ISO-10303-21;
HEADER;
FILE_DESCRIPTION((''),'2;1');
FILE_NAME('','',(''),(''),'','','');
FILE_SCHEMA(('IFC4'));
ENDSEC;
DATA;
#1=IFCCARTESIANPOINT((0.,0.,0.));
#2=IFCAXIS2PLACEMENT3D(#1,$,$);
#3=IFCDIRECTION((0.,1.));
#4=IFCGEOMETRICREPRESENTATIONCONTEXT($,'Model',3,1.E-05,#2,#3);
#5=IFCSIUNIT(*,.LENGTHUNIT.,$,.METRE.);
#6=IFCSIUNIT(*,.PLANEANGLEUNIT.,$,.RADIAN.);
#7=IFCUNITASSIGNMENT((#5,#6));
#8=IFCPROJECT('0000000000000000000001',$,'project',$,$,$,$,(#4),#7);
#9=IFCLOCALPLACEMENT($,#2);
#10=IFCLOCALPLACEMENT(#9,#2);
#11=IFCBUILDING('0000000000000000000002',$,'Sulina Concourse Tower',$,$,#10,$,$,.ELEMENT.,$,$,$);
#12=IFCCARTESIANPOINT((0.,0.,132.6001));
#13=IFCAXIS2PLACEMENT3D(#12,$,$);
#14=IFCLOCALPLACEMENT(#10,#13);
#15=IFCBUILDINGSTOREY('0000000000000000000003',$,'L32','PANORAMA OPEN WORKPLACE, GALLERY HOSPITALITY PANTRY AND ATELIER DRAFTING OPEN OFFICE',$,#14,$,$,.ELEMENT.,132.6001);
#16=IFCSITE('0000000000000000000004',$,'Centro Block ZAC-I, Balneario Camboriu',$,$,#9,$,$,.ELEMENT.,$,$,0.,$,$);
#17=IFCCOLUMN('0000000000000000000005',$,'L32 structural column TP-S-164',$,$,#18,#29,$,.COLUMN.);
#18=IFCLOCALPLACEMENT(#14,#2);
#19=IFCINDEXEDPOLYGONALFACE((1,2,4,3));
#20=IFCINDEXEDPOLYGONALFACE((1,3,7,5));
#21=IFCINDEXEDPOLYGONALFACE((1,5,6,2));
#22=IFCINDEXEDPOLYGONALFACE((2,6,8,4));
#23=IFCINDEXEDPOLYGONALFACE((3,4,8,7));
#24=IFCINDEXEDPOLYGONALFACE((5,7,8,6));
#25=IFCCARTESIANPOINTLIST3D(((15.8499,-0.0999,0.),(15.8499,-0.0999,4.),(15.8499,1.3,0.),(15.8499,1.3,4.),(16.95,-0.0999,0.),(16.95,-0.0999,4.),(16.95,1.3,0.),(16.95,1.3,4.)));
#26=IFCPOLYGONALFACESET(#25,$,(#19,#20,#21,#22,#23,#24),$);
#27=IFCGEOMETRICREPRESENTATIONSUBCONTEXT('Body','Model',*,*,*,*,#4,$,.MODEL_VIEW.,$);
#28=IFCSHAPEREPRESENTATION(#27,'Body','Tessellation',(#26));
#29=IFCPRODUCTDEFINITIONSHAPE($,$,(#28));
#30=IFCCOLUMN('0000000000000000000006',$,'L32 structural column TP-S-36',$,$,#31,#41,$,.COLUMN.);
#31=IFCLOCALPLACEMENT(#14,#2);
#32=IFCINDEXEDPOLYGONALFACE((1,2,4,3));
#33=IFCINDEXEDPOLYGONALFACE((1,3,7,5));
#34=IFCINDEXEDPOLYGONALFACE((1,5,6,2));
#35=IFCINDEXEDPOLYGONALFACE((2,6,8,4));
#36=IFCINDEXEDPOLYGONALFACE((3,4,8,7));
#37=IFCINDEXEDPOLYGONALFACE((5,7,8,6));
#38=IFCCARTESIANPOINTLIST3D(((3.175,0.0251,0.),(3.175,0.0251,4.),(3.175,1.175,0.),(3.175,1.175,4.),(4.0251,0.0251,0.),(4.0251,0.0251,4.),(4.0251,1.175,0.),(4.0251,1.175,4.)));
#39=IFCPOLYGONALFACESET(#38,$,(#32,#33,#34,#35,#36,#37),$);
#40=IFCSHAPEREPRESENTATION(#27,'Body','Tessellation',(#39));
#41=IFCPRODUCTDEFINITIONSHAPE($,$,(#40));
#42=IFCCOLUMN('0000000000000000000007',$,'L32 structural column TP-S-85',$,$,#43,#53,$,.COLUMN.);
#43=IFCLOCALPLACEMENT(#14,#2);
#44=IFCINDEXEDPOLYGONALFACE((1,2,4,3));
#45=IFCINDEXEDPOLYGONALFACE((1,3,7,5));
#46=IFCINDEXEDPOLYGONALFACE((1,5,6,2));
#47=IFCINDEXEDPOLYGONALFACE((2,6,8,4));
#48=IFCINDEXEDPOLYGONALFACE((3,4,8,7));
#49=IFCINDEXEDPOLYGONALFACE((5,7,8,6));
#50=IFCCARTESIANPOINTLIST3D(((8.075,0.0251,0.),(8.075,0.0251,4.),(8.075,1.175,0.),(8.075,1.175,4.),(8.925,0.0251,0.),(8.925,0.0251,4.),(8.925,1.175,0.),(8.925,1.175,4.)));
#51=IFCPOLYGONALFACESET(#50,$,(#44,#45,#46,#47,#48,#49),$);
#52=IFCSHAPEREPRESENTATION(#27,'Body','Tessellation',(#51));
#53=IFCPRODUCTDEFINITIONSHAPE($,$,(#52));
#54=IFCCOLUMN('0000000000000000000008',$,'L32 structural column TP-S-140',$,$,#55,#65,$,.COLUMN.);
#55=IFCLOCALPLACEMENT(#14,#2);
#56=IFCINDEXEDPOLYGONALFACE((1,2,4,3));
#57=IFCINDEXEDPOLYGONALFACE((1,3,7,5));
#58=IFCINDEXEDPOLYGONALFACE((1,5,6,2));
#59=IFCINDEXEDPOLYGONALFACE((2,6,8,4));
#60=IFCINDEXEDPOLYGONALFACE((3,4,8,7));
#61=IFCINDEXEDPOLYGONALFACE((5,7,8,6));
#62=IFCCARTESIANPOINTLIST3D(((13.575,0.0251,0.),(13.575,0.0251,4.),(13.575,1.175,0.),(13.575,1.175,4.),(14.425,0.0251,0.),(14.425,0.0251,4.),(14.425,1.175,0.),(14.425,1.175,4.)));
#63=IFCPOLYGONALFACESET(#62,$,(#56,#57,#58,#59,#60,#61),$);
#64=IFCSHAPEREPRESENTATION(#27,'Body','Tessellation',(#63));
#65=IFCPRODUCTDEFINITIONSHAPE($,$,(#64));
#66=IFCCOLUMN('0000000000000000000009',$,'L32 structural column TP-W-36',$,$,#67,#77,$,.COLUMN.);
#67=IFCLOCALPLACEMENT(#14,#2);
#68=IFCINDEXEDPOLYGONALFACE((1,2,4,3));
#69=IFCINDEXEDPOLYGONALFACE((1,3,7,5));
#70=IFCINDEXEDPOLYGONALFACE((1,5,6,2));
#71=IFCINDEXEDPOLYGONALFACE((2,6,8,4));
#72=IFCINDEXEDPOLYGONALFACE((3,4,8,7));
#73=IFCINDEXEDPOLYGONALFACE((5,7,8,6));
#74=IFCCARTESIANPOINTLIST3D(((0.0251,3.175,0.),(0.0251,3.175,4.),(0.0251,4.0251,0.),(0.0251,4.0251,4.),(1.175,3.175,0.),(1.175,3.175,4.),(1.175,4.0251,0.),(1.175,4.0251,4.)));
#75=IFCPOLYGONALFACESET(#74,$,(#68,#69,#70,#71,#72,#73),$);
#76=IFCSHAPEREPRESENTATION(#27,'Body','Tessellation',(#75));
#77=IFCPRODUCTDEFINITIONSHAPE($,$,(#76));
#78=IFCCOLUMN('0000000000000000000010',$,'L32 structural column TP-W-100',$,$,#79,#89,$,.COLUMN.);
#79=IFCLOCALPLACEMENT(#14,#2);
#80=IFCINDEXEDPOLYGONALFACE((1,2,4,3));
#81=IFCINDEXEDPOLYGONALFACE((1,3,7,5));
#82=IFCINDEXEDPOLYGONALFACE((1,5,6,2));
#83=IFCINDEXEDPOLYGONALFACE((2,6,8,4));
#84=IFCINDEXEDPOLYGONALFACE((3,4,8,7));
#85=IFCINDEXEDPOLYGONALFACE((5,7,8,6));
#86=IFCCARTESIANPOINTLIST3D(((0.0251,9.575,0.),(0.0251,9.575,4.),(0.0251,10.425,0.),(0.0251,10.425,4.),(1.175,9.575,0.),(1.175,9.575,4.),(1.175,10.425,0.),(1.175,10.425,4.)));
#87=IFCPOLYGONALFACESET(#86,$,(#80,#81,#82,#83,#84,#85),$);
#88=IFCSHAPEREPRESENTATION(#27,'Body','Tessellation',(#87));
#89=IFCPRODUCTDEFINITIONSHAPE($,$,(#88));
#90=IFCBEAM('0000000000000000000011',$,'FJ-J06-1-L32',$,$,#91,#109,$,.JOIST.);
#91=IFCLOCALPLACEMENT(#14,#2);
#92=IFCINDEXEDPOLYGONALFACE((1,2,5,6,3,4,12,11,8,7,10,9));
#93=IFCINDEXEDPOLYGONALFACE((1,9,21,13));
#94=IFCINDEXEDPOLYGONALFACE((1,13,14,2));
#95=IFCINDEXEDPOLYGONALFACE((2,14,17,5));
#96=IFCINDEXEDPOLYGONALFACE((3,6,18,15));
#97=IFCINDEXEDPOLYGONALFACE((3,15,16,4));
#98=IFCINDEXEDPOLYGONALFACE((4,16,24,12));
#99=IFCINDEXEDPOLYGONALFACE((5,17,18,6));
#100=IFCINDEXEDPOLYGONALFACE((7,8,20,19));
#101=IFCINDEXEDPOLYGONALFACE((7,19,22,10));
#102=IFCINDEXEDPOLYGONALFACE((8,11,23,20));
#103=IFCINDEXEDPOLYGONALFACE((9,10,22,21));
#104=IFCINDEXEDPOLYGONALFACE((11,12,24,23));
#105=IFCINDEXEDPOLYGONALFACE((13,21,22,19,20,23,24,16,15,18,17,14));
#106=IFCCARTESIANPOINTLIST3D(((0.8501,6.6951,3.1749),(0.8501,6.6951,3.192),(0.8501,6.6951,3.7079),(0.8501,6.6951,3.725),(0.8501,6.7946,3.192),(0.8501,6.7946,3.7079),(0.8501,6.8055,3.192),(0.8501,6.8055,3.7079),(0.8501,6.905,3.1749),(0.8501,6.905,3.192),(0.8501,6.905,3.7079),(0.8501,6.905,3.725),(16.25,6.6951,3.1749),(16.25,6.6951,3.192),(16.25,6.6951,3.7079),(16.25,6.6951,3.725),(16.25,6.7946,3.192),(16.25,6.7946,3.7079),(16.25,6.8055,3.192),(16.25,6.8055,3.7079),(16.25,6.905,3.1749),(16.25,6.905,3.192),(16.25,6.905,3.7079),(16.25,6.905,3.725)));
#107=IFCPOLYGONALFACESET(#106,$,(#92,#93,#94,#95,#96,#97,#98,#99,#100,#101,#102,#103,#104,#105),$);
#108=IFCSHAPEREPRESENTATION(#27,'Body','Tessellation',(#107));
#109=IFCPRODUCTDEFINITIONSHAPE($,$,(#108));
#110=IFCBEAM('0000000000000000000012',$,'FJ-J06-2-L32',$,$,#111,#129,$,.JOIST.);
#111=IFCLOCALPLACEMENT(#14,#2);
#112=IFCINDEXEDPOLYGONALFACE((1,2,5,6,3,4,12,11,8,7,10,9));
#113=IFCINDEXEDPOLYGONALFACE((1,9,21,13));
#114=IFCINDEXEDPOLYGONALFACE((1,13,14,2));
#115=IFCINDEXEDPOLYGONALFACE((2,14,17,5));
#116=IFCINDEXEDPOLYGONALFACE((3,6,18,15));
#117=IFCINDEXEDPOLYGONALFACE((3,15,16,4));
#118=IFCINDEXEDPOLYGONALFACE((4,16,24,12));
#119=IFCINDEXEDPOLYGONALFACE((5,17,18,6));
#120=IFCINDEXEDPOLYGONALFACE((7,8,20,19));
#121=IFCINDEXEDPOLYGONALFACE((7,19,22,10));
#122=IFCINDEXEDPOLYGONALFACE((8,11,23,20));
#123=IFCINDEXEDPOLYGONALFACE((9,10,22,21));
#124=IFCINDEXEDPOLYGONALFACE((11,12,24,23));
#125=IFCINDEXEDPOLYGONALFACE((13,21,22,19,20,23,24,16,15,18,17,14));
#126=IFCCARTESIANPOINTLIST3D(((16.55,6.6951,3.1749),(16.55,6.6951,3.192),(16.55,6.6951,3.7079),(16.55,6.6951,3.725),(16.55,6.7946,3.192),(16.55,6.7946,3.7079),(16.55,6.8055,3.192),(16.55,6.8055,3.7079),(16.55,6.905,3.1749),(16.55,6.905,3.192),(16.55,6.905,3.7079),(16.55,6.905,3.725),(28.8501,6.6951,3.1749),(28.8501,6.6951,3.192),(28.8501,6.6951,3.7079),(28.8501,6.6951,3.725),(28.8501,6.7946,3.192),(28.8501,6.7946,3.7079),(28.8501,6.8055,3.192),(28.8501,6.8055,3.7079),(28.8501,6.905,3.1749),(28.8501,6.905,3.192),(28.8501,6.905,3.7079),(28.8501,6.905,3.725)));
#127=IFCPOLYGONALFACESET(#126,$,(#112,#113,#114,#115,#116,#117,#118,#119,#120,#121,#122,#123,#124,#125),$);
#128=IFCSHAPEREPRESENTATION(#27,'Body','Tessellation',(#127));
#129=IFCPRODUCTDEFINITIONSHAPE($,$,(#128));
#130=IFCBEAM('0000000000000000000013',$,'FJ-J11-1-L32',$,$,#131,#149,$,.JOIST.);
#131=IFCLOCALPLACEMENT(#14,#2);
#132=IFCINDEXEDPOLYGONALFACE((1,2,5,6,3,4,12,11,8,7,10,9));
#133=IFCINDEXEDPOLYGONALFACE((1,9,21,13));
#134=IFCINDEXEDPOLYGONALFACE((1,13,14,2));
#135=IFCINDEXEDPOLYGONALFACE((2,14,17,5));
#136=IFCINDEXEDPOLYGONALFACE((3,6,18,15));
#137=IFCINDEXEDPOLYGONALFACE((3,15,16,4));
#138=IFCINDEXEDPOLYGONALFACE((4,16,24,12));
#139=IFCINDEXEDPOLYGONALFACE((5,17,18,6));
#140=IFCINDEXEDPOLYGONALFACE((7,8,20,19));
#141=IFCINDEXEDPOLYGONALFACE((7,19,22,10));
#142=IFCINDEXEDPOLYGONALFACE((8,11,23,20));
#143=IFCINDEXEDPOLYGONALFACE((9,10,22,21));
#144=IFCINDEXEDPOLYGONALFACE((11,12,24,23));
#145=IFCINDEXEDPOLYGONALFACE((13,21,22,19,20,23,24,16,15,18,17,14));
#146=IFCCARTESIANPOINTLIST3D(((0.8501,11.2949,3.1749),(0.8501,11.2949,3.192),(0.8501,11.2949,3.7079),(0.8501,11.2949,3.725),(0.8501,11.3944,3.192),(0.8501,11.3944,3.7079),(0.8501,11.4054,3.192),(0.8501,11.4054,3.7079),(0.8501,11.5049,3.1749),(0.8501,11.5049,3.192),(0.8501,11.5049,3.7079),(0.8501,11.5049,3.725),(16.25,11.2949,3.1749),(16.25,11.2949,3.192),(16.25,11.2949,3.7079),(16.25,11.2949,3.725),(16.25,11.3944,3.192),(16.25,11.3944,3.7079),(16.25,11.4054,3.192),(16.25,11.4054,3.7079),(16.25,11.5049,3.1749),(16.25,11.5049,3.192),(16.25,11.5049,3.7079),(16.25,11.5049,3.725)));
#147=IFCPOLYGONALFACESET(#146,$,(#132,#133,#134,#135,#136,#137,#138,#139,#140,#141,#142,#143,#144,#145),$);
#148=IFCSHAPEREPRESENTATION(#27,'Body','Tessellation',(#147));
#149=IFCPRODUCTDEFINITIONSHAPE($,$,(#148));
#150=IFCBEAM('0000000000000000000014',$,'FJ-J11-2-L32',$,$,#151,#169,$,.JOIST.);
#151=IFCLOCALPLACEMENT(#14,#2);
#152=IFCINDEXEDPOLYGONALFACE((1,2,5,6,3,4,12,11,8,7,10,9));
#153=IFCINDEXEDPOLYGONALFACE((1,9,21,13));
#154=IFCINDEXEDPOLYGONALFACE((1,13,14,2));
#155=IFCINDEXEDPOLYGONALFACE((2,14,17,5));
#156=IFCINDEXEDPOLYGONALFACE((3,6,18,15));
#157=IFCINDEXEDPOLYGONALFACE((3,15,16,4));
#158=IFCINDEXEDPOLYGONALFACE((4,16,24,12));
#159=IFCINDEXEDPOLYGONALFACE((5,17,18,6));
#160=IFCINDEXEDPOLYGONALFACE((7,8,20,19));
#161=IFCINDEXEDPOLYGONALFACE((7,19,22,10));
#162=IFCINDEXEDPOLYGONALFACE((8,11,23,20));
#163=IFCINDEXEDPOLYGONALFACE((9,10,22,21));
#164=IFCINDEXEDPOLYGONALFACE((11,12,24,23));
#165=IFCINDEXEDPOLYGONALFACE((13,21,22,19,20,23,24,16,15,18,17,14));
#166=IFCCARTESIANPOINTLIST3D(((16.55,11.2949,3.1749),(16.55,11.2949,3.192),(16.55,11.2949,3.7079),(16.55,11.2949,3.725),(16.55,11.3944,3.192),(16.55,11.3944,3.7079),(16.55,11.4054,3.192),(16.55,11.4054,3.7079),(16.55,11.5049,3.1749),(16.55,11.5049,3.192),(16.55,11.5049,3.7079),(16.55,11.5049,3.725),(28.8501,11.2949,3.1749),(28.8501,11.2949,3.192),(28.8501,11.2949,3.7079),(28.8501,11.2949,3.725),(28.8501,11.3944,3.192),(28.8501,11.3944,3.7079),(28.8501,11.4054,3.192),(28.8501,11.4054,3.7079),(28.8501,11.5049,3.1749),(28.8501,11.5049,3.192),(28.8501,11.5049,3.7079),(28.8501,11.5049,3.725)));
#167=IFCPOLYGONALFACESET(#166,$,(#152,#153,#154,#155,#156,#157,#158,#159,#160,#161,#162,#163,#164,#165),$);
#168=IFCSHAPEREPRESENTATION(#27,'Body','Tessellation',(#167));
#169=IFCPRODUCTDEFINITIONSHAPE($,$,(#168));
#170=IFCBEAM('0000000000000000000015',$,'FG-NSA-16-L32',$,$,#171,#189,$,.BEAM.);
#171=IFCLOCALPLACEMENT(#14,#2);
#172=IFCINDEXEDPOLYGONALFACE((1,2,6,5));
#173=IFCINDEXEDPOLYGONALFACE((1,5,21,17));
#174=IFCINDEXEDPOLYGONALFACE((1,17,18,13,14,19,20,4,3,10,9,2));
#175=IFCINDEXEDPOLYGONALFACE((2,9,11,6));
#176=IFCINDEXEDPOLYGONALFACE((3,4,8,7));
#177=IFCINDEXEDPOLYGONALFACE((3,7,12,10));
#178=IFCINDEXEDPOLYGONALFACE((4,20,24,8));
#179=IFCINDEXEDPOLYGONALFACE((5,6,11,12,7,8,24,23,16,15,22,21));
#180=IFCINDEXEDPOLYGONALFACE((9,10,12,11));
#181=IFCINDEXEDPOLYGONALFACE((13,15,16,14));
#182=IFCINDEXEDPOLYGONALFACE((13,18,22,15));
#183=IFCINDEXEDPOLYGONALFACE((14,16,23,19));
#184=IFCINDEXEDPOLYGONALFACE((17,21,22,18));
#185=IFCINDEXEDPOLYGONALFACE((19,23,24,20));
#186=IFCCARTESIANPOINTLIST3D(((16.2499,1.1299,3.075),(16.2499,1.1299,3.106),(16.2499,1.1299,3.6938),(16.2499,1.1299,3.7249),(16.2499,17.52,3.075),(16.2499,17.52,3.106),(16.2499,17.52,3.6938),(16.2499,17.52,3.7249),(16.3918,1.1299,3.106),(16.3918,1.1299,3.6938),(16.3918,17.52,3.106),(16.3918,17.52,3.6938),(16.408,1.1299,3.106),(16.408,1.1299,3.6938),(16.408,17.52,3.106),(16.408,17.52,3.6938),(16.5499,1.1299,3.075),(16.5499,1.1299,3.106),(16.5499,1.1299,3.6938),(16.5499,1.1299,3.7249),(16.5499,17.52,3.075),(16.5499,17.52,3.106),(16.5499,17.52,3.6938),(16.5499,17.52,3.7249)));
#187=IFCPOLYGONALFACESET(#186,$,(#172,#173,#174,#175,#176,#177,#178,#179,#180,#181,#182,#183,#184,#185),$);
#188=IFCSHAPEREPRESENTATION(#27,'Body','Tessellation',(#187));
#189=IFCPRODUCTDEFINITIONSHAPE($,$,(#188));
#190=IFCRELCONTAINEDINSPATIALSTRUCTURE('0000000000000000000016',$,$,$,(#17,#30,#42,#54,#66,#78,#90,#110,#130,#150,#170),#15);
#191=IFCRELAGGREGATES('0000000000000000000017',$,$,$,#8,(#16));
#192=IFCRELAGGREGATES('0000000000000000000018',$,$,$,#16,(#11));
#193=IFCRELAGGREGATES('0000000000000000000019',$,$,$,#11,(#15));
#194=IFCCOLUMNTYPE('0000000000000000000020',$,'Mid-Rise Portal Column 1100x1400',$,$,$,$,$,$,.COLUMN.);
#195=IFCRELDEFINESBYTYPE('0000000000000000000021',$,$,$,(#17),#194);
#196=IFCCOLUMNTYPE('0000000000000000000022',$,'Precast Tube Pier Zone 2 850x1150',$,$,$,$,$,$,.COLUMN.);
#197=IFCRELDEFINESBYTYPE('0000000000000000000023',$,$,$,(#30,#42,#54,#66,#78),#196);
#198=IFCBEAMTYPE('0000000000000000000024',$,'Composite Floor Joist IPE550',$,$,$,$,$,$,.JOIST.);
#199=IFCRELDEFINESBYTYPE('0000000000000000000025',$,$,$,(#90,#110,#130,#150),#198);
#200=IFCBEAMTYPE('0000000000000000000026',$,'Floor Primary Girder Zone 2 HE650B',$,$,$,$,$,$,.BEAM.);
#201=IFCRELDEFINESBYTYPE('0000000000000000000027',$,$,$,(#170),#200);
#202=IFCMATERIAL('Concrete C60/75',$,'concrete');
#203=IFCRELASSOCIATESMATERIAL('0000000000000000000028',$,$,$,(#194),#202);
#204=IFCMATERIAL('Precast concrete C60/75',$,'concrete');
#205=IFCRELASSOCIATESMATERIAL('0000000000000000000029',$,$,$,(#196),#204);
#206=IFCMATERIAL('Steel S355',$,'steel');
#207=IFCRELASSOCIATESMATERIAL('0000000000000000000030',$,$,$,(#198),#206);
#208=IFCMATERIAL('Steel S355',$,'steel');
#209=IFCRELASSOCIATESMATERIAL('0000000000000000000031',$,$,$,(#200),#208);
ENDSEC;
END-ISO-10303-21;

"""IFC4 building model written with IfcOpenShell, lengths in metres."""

from ifc_helpers import new_model, si_unit, direction, frame, origin, origin_2d, place, context, subcontext, project, spatial, rectangle, i_section, extrude, material, material_profile, profile_set, type_object, element, save


model = new_model("IFC4")

# Units and contexts
model_context = context("Model", 3, precision=1e-05, world=origin(), true_north=direction((0.0, 1.0)))
body_context = subcontext(model_context, "Body", "Model", "MODEL_VIEW")
ifc_project = project(units=[si_unit("LENGTHUNIT", "METRE"), si_unit("PLANEANGLEUNIT", "RADIAN")], contexts=[model_context])

# Site, building, storey
site_placement = place(None, origin())
site = spatial("IfcSite", under=ifc_project, at=site_placement, Name="Centro Block ZAC-I, Balneario Camboriu", CompositionType="ELEMENT", RefElevation=0.0)
building_placement = place(site_placement, origin())
building = spatial("IfcBuilding", under=site, at=building_placement, Name="Sulina Concourse Tower", CompositionType="ELEMENT")
storey_placement = place(building_placement, frame((0.0, 0.0, 132.6001)))
storey = spatial("IfcBuildingStorey", under=building, at=storey_placement, Name="L32", Description="PANORAMA OPEN WORKPLACE, GALLERY HOSPITALITY PANTRY AND ATELIER DRAFTING OPEN OFFICE", CompositionType="ELEMENT", Elevation=132.6001)

# Columns
ifc_material_1 = material(Name="Concrete C60/75", Category="concrete")
ifc_material_profile_1 = material_profile(ifc_material_1, rectangle(XDim=1.1001, YDim=1.3999, at=origin_2d()), Name="RC 1100x1400")
ifc_profile_set_1 = profile_set([ifc_material_profile_1], Name="Concrete C60/75")
column_type_1 = type_object("IfcColumnType", Name="Mid-Rise Portal Column 1100x1400", PredefinedType="COLUMN", material=ifc_profile_set_1)
column_placement = place(storey_placement, frame((16.3999, 0.6001, 0.0), z_axis=(0.0, 0.0, 1.0), x_axis=(1.0, 0.0, 0.0)))
element("IfcColumn", 1, at=column_placement, inside=storey, type_object=column_type_1, Name="L32 structural column TP-S-164", PredefinedType="COLUMN", context=body_context, shape_type="SweptSolid", body=[
    extrude(rectangle(XDim=1.1001, YDim=1.3999, at=origin_2d()), origin(), (0.0, 0.0, 1.0), 4.0),
])
ifc_material_2 = material(Name="Precast concrete C60/75", Category="concrete")
ifc_material_profile_2 = material_profile(ifc_material_2, rectangle(XDim=0.8501, YDim=1.1499, at=origin_2d()), Name="PC 850x1150")
ifc_profile_set_2 = profile_set([ifc_material_profile_2], Name="Precast concrete C60/75")
column_type_2 = type_object("IfcColumnType", Name="Precast Tube Pier Zone 2 850x1150", PredefinedType="COLUMN", material=ifc_profile_set_2)
for number, where, z_axis, x_axis, name in (
    (2, (3.6001, 0.6001, 0.0), (0.0, 0.0, 1.0), (1.0, 0.0, 0.0), "L32 structural column TP-S-36"),
    (3, (8.5, 0.6001, 0.0), (0.0, 0.0, 1.0), (1.0, 0.0, 0.0), "L32 structural column TP-S-85"),
    (4, (14.0, 0.6001, 0.0), (0.0, 0.0, 1.0), (1.0, 0.0, 0.0), "L32 structural column TP-S-140"),
    (5, (0.6001, 3.6001, 0.0), (0.0, 0.0, 1.0), (0.0, 1.0, 0.0), "L32 structural column TP-W-36"),
    (6, (0.6001, 10.0, 0.0), (0.0, 0.0, 1.0), (0.0, 1.0, 0.0), "L32 structural column TP-W-100"),
):
    element("IfcColumn", number, at=place(storey_placement, frame(where, z_axis=z_axis, x_axis=x_axis)), inside=storey, type_object=column_type_2, Name=name, PredefinedType="COLUMN", context=body_context, shape_type="SweptSolid", body=[
        extrude(rectangle(XDim=0.8501, YDim=1.1499, at=origin_2d()), origin(), (0.0, 0.0, 1.0), 4.0),
    ])

# Beams
ifc_material_3 = material(Name="Steel S355", Category="steel")
ifc_material_profile_3 = material_profile(ifc_material_3, i_section(OverallWidth=0.21, OverallDepth=0.55, WebThickness=0.011, FlangeThickness=0.0171, at=origin_2d()), Name="IPE 550")
ifc_profile_set_3 = profile_set([ifc_material_profile_3], Name="Steel S355")
beam_type_1 = type_object("IfcBeamType", Name="Composite Floor Joist IPE550", PredefinedType="JOIST", material=ifc_profile_set_3)
beam_1_placement = place(storey_placement, frame((0.8501, 6.8, 3.45), z_axis=(1.0, 0.0, 0.0), x_axis=(0.0, 1.0, 0.0)))
element("IfcBeam", 7, at=beam_1_placement, inside=storey, type_object=beam_type_1, Name="FJ-J06-1-L32", PredefinedType="JOIST", context=body_context, shape_type="SweptSolid", body=[
    extrude(i_section(OverallWidth=0.21, OverallDepth=0.55, WebThickness=0.011, FlangeThickness=0.0171, at=origin_2d()), origin(), (0.0, 0.0, 1.0), 15.3999),
])
beam_2_placement = place(storey_placement, frame((16.55, 6.8, 3.45), z_axis=(1.0, 0.0, 0.0), x_axis=(0.0, 1.0, 0.0)))
element("IfcBeam", 8, at=beam_2_placement, inside=storey, type_object=beam_type_1, Name="FJ-J06-2-L32", PredefinedType="JOIST", context=body_context, shape_type="SweptSolid", body=[
    extrude(i_section(OverallWidth=0.21, OverallDepth=0.55, WebThickness=0.011, FlangeThickness=0.0171, at=origin_2d()), origin(), (0.0, 0.0, 1.0), 12.3),
])
beam_3_placement = place(storey_placement, frame((0.8501, 11.3999, 3.45), z_axis=(1.0, 0.0, 0.0), x_axis=(0.0, 1.0, 0.0)))
element("IfcBeam", 9, at=beam_3_placement, inside=storey, type_object=beam_type_1, Name="FJ-J11-1-L32", PredefinedType="JOIST", context=body_context, shape_type="SweptSolid", body=[
    extrude(i_section(OverallWidth=0.21, OverallDepth=0.55, WebThickness=0.011, FlangeThickness=0.0171, at=origin_2d()), origin(), (0.0, 0.0, 1.0), 15.3999),
])
beam_4_placement = place(storey_placement, frame((16.55, 11.3999, 3.45), z_axis=(1.0, 0.0, 0.0), x_axis=(0.0, 1.0, 0.0)))
element("IfcBeam", 10, at=beam_4_placement, inside=storey, type_object=beam_type_1, Name="FJ-J11-2-L32", PredefinedType="JOIST", context=body_context, shape_type="SweptSolid", body=[
    extrude(i_section(OverallWidth=0.21, OverallDepth=0.55, WebThickness=0.011, FlangeThickness=0.0171, at=origin_2d()), origin(), (0.0, 0.0, 1.0), 12.3),
])
ifc_material_4 = material(Name="Steel S355", Category="steel")
ifc_material_profile_4 = material_profile(ifc_material_4, i_section(OverallWidth=0.3, OverallDepth=0.6499, WebThickness=0.0161, FlangeThickness=0.031, at=origin_2d()), Name="HE 650 B")
ifc_profile_set_4 = profile_set([ifc_material_profile_4], Name="Steel S355")
beam_type_2 = type_object("IfcBeamType", Name="Floor Primary Girder Zone 2 HE650B", PredefinedType="BEAM", material=ifc_profile_set_4)
beam_5_placement = place(storey_placement, frame((16.3999, 1.1299, 3.3999), z_axis=(0.0, 1.0, 0.0), x_axis=(-1.0, 0.0, 0.0)))
element("IfcBeam", 11, at=beam_5_placement, inside=storey, type_object=beam_type_2, Name="FG-NSA-16-L32", PredefinedType="BEAM", context=body_context, shape_type="SweptSolid", body=[
    extrude(i_section(OverallWidth=0.3, OverallDepth=0.6499, WebThickness=0.0161, FlangeThickness=0.031, at=origin_2d()), origin(), (0.0, 0.0, 1.0), 16.3901),
])

save(model, "model.ifc")
